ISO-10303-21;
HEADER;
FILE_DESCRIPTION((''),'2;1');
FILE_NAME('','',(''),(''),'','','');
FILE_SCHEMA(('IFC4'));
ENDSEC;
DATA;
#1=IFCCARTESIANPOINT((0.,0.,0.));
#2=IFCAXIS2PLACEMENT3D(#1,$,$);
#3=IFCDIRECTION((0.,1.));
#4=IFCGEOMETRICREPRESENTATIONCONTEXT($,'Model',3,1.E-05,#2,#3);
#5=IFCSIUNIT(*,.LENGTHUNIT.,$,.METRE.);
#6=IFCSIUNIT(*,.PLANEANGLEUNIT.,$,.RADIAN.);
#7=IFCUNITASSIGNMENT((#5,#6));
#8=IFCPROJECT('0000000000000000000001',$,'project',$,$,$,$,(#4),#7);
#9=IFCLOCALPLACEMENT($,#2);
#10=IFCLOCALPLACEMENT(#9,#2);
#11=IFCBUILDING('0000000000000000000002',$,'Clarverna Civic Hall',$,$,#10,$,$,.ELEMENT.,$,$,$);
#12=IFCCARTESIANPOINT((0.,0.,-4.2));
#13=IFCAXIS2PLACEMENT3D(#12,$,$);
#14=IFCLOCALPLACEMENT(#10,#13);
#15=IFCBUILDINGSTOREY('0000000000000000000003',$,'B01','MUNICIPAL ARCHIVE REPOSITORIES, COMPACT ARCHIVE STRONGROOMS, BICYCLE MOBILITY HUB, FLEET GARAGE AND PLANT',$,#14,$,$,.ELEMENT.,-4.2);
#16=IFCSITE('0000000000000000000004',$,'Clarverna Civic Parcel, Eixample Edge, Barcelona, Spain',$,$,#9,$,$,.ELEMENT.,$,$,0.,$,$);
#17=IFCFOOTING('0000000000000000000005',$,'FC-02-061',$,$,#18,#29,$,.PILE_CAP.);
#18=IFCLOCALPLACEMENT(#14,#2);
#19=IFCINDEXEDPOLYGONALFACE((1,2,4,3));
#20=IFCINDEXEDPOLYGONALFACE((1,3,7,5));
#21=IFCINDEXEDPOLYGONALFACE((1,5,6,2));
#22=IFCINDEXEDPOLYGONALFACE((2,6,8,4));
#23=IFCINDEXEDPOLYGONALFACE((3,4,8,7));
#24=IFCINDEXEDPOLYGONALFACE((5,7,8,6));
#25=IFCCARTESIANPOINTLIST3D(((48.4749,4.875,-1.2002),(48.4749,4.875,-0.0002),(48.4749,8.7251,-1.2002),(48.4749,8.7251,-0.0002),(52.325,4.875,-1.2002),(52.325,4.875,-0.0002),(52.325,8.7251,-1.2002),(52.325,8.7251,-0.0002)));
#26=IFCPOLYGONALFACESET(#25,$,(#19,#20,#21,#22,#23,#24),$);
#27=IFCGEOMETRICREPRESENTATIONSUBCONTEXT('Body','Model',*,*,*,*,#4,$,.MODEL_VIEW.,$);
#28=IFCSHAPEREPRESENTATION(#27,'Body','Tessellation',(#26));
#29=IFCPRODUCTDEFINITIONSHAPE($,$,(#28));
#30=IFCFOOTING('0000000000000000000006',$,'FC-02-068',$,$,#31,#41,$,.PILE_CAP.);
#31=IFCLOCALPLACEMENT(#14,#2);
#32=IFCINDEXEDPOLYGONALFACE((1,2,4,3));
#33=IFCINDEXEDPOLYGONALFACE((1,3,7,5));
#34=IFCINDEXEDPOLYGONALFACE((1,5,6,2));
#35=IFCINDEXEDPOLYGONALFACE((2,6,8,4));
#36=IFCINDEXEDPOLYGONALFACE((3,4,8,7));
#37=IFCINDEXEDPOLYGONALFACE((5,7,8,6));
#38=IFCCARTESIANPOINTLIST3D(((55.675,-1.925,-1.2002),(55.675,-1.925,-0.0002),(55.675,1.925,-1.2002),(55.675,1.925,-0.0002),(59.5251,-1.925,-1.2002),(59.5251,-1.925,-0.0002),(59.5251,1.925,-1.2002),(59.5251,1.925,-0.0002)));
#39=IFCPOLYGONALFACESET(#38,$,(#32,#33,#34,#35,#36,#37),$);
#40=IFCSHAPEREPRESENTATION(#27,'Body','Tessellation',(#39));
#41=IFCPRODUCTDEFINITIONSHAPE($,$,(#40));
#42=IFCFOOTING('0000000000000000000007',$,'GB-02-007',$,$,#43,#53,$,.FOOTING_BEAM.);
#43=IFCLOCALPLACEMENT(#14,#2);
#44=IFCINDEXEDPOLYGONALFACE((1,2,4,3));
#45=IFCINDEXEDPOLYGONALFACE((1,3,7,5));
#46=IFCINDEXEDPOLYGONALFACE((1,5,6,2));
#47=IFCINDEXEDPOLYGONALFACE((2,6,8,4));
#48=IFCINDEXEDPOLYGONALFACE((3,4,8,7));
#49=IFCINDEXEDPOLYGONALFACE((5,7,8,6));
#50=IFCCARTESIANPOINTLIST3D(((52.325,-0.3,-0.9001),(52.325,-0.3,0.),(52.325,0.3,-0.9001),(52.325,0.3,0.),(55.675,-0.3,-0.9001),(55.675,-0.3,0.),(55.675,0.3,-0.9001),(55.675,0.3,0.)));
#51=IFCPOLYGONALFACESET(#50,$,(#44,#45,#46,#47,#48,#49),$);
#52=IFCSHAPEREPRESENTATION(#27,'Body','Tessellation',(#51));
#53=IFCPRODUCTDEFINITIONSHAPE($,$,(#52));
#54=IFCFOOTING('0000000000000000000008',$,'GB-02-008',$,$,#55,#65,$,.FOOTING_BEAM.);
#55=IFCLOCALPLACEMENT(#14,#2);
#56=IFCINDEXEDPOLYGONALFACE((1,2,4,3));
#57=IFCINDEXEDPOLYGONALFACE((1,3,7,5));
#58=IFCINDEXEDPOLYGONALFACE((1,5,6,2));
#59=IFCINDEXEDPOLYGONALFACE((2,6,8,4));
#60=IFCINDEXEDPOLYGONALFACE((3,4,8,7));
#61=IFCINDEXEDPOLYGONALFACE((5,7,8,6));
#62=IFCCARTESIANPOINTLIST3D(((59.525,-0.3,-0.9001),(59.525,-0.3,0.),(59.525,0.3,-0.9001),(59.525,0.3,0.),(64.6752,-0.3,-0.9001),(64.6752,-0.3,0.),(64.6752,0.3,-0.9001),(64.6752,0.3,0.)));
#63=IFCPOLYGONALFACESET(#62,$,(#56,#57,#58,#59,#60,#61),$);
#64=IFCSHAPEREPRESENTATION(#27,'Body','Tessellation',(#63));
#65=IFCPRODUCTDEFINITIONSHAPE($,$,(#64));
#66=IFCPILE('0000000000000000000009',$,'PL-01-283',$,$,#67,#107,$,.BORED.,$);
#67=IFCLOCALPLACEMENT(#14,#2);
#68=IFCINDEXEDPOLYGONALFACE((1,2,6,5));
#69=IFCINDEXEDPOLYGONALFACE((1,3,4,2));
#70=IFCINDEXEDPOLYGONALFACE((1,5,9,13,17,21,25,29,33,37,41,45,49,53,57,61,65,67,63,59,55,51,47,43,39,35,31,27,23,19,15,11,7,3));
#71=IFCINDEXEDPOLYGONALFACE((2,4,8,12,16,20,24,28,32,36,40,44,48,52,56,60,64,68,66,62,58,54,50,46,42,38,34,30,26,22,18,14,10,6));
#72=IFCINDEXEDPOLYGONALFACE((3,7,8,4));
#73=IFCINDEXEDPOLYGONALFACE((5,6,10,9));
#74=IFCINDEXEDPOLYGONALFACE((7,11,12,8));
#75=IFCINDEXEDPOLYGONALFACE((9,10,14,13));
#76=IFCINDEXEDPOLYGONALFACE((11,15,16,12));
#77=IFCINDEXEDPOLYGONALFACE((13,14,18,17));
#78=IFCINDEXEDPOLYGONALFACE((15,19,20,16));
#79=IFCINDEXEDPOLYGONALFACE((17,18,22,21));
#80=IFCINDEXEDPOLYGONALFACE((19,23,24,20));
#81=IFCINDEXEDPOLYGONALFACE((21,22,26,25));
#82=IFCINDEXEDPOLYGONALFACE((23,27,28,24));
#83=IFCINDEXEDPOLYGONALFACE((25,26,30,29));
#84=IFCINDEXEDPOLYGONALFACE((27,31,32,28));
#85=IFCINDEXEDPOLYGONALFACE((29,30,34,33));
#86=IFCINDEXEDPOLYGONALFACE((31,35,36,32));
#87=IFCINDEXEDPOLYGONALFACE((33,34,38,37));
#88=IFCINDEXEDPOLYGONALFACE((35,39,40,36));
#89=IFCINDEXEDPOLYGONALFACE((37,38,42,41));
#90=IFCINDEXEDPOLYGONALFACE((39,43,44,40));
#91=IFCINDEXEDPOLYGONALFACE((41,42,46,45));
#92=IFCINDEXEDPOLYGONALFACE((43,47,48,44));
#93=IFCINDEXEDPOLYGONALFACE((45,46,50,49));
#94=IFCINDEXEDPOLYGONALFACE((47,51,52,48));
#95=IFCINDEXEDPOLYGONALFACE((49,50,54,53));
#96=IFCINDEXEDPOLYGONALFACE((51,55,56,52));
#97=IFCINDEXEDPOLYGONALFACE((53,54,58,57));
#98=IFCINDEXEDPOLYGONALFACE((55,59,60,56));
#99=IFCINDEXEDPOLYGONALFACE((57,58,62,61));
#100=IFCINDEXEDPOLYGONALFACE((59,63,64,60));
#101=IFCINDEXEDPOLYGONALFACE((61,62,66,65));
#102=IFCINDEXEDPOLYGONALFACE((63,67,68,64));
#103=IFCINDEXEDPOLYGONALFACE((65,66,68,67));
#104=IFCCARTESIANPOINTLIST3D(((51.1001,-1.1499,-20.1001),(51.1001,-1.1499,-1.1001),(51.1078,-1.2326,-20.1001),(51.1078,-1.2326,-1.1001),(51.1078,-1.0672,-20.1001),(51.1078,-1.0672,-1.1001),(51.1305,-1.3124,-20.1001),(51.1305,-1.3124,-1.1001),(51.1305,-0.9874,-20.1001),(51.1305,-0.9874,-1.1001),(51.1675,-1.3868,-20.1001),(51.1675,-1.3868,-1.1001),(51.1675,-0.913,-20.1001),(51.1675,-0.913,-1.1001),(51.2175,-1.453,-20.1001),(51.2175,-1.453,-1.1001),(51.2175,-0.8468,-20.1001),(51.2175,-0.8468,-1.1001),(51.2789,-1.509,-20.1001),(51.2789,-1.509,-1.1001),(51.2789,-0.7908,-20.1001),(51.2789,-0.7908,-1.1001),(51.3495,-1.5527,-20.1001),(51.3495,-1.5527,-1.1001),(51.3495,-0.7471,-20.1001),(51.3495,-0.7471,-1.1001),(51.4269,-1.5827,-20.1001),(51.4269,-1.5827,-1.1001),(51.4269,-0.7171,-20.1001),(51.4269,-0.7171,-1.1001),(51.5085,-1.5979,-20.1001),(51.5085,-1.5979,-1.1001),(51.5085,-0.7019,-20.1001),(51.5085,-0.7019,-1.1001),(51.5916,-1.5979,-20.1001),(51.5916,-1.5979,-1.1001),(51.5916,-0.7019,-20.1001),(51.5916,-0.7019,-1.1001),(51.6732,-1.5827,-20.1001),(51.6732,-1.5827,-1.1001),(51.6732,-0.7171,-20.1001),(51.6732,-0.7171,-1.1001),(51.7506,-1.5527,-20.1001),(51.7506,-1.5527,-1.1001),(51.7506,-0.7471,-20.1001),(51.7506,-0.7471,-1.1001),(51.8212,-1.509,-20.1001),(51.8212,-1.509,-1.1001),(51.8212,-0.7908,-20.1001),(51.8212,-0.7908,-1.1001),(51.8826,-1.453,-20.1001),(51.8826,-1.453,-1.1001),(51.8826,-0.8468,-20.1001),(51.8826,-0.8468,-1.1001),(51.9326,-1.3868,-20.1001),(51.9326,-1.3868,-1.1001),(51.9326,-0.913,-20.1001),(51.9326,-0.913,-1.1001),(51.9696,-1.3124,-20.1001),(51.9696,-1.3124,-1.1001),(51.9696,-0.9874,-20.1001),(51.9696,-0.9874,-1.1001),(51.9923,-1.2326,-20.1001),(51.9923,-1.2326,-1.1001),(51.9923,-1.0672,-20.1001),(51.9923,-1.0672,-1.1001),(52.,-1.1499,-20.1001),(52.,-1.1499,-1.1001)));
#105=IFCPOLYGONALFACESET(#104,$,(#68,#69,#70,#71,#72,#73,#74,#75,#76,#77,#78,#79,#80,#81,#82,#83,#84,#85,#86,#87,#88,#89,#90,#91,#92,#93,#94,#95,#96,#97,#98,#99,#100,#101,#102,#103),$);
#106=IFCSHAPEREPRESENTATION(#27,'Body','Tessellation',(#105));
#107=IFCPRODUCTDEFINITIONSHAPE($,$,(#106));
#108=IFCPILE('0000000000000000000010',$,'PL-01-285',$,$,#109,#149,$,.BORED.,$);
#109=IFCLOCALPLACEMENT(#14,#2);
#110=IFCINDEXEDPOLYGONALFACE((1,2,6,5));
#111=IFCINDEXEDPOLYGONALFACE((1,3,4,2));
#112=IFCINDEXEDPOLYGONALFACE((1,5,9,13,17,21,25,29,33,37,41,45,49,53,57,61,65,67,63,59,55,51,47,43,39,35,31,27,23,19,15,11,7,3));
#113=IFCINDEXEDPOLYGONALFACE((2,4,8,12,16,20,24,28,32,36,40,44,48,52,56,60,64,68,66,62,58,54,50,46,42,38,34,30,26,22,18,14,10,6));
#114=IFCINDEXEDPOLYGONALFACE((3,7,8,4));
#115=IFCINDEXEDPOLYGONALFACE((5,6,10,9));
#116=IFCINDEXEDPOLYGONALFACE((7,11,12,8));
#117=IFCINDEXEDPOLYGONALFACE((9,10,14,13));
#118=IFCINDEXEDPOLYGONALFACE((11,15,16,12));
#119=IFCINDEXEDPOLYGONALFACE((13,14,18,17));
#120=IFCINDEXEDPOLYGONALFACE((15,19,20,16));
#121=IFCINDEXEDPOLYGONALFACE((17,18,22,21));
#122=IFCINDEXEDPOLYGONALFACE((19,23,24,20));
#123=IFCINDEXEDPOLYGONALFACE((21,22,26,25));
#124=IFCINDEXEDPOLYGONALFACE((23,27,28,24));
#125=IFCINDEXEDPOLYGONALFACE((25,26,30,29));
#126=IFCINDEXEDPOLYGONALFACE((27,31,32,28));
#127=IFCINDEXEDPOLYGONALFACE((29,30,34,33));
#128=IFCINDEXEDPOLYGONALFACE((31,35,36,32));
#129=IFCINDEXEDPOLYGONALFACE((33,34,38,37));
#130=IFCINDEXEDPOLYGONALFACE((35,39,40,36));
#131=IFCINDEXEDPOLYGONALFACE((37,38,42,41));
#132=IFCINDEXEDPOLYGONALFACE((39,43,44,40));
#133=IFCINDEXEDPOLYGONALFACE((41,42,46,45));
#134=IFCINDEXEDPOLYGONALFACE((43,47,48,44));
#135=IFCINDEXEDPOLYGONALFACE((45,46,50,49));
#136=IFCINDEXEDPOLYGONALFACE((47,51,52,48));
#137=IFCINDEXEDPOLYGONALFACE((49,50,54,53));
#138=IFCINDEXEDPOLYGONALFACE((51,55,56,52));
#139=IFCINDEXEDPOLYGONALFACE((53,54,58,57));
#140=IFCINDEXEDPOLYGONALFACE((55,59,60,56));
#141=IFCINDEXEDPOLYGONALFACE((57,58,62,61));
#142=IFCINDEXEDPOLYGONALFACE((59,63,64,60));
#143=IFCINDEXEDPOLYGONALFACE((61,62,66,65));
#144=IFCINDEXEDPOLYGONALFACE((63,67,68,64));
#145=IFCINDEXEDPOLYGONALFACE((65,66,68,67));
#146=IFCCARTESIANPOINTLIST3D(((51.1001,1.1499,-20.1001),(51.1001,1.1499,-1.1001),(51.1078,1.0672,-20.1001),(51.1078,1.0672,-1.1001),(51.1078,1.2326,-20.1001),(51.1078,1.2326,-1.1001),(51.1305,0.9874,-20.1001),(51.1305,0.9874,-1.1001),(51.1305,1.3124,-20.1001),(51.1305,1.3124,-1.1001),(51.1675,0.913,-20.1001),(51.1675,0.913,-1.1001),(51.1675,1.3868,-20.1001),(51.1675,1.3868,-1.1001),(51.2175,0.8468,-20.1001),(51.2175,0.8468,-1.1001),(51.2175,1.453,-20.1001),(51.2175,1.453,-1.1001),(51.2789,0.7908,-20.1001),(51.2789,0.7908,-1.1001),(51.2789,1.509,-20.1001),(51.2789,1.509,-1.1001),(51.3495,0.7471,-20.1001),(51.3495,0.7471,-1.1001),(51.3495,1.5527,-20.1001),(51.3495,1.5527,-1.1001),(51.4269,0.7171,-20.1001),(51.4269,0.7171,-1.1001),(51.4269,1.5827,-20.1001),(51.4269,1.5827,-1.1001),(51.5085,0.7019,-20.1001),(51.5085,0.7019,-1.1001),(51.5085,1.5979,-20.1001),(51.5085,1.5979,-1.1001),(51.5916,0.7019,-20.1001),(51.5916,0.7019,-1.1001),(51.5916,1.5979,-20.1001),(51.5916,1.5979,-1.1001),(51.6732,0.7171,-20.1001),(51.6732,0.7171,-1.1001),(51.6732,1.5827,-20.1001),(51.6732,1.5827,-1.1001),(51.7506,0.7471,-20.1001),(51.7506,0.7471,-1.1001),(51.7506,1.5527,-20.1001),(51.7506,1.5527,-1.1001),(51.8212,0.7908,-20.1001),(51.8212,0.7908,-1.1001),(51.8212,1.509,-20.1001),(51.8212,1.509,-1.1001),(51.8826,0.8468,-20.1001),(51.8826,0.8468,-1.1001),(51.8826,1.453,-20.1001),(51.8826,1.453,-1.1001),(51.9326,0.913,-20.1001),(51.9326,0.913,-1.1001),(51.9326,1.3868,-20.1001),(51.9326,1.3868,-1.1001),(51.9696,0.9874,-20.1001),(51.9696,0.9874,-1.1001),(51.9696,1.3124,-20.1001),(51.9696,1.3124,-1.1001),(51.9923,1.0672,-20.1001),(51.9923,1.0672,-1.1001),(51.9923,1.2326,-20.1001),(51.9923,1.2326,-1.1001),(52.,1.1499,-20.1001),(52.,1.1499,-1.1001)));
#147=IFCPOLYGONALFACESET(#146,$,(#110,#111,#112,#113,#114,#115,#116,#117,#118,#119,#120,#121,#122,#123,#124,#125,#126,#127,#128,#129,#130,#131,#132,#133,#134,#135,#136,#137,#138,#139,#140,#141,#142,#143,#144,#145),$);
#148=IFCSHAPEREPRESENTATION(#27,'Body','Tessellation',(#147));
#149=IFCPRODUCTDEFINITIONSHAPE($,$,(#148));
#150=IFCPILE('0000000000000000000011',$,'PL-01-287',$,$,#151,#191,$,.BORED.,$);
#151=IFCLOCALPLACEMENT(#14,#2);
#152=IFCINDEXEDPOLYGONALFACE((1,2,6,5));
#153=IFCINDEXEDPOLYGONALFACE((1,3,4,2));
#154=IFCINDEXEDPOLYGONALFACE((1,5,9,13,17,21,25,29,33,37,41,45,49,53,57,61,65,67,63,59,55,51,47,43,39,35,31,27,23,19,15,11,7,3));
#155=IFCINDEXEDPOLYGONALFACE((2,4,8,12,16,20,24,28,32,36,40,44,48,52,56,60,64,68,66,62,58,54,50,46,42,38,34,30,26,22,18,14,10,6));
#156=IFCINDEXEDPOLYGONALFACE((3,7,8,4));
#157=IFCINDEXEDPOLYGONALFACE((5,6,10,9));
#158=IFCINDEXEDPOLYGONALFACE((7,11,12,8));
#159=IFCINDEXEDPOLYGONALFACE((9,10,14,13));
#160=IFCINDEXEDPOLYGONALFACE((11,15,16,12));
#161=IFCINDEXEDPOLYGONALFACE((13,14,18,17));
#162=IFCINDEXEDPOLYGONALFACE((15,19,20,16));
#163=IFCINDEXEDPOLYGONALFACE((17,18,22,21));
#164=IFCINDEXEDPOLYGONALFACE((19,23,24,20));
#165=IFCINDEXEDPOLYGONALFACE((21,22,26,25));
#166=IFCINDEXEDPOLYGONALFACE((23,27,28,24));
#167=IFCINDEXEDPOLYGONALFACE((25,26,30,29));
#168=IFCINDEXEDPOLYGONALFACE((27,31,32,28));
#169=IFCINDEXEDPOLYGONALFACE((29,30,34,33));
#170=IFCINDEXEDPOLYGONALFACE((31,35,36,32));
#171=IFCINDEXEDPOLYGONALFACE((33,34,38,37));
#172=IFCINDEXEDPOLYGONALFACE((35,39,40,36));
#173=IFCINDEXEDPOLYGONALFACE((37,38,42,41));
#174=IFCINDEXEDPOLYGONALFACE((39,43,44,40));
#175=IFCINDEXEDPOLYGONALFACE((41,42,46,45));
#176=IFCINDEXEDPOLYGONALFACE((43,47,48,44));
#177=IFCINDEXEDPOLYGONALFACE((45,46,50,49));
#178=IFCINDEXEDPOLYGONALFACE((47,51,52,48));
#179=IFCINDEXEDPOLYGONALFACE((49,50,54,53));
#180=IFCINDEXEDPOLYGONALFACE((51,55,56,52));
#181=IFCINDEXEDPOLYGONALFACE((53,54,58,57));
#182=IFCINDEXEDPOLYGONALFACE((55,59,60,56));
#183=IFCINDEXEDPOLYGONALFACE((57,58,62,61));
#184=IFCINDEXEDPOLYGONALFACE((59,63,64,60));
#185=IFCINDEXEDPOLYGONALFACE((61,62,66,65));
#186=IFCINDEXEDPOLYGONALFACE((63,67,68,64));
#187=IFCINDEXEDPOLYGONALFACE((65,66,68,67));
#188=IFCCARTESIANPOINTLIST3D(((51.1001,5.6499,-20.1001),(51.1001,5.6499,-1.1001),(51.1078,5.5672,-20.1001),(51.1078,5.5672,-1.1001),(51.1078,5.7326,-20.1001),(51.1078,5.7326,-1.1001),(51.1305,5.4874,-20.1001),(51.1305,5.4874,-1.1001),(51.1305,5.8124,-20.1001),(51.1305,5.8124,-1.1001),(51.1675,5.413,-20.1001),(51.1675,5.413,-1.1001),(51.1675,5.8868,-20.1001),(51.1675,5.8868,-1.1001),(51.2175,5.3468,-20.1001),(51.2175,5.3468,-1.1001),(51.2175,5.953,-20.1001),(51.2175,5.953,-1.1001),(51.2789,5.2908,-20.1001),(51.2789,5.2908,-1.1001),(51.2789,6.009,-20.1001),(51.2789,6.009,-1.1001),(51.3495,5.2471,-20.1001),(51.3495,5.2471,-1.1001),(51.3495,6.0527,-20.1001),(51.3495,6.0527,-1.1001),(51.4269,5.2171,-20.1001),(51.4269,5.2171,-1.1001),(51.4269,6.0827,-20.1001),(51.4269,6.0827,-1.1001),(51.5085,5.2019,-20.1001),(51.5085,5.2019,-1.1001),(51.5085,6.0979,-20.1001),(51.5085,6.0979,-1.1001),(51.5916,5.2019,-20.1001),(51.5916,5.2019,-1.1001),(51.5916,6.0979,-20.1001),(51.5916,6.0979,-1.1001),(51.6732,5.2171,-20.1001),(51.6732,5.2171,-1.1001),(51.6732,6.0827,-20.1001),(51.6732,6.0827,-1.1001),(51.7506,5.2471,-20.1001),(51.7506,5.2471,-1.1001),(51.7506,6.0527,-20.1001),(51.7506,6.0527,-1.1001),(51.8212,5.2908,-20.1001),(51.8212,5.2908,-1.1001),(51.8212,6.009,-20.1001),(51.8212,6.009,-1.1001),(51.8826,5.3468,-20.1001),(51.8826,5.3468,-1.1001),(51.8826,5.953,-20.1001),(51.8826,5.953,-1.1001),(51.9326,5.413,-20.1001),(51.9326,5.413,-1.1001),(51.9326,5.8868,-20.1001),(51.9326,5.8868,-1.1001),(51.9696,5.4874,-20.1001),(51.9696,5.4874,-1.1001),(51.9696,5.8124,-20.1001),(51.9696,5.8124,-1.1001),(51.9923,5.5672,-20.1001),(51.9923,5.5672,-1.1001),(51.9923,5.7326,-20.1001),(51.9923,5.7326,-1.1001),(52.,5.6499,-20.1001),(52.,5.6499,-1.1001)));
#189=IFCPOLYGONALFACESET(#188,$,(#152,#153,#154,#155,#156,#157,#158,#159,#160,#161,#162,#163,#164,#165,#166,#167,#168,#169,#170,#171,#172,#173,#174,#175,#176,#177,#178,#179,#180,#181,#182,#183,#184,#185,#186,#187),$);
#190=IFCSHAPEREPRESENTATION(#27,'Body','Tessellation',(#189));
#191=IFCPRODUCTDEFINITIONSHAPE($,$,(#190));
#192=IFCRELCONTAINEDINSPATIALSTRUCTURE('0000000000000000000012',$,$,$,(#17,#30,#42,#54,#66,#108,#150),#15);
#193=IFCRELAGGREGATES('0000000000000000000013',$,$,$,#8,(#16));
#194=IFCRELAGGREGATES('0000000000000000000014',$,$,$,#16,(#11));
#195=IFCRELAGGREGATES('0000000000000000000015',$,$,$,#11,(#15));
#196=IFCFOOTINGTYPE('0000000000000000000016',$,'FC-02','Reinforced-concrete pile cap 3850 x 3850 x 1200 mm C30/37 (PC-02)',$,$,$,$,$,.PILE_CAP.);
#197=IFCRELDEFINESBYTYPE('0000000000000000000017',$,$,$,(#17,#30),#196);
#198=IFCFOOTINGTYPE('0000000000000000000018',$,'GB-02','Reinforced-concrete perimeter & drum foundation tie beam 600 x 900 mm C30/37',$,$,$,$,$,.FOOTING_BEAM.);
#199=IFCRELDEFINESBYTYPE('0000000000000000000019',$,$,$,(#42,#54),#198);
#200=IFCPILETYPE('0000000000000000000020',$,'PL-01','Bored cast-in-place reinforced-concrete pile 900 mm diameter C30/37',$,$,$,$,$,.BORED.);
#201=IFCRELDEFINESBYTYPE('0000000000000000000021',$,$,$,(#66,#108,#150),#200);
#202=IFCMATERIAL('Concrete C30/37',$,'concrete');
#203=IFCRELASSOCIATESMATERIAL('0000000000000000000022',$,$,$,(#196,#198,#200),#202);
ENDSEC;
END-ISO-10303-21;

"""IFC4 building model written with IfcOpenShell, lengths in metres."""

from ifc_helpers import new_model, si_unit, direction, frame, frame_2d, origin, origin_2d, place, context, subcontext, project, spatial, rectangle, circle, extrude, material, material_profile, profile_set, type_object, element, save


model = new_model("IFC4")

# Units and contexts
model_context = context("Model", 3, precision=1e-05, world=origin(), true_north=direction((0.0, 1.0)))
body_context = subcontext(model_context, "Body", "Model", "MODEL_VIEW")
ifc_project = project(units=[si_unit("LENGTHUNIT", "METRE"), si_unit("PLANEANGLEUNIT", "RADIAN")], contexts=[model_context])

# Site, building, storey
site_placement = place(None, origin())
site = spatial("IfcSite", under=ifc_project, at=site_placement, Name="Clarverna Civic Parcel, Eixample Edge, Barcelona, Spain", CompositionType="ELEMENT", RefElevation=0.0)
building_placement = place(site_placement, origin())
building = spatial("IfcBuilding", under=site, at=building_placement, Name="Clarverna Civic Hall", CompositionType="ELEMENT")
storey_placement = place(building_placement, frame((0.0, 0.0, -4.2)))
storey = spatial("IfcBuildingStorey", under=building, at=storey_placement, Name="B01", Description="MUNICIPAL ARCHIVE REPOSITORIES, COMPACT ARCHIVE STRONGROOMS, BICYCLE MOBILITY HUB, FLEET GARAGE AND PLANT", CompositionType="ELEMENT", Elevation=-4.2)

# Footings
ifc_material_1 = material(Name="Concrete C30/37", Category="concrete")
footing_type_1 = type_object("IfcFootingType", Name="FC-02", Description="Reinforced-concrete pile cap 3850 x 3850 x 1200 mm C30/37 (PC-02)", PredefinedType="PILE_CAP", material=ifc_material_1)
for number, where, z_axis, x_axis, name in (
    (1, (50.3999, 6.8, -1.2002), (0.0, 0.0, 1.0), (1.0, 0.0, 0.0), "FC-02-061"),
    (2, (57.6001, 0.0, -1.2002), (0.0, 0.0, 1.0), (1.0, 0.0, 0.0), "FC-02-068"),
):
    element("IfcFooting", number, at=place(storey_placement, frame(where, z_axis=z_axis, x_axis=x_axis)), inside=storey, type_object=footing_type_1, Name=name, PredefinedType="PILE_CAP", context=body_context, shape_type="SweptSolid", body=[
        extrude(rectangle(XDim=3.8501, YDim=3.8501, at=origin_2d()), origin(), (0.0, 0.0, 1.0), 1.2),
    ])
footing_type_2 = type_object("IfcFootingType", Name="GB-02", Description="Reinforced-concrete perimeter & drum foundation tie beam 600 x 900 mm C30/37", PredefinedType="FOOTING_BEAM", material=ifc_material_1)
footing_1_placement = place(storey_placement, frame((52.325, 0.0, -0.9001), z_axis=(0.0, 0.0, 1.0), x_axis=(1.0, 0.0, 0.0)))
element("IfcFooting", 3, at=footing_1_placement, inside=storey, type_object=footing_type_2, Name="GB-02-007", PredefinedType="FOOTING_BEAM", context=body_context, shape_type="SweptSolid", body=[
    extrude(rectangle(XDim=3.3501, YDim=0.6001, at=frame_2d((1.675, 0.0))), origin(), (0.0, 0.0, 1.0), 0.9001),
])
footing_2_placement = place(storey_placement, frame((59.5249, 0.0, -0.9001), z_axis=(0.0, 0.0, 1.0), x_axis=(1.0, 0.0, 0.0)))
element("IfcFooting", 4, at=footing_2_placement, inside=storey, type_object=footing_type_2, Name="GB-02-008", PredefinedType="FOOTING_BEAM", context=body_context, shape_type="SweptSolid", body=[
    extrude(rectangle(XDim=5.1501, YDim=0.6001, at=frame_2d((2.5752, 0.0))), origin(), (0.0, 0.0, 1.0), 0.9001),
])

# Piles
ifc_material_profile_1 = material_profile(ifc_material_1, circle(Radius=0.45, at=origin_2d()), Name="BORED PILE D900")
ifc_profile_set_1 = profile_set([ifc_material_profile_1], Name="Concrete C30/37")
pile_type_1 = type_object("IfcPileType", Name="PL-01", Description="Bored cast-in-place reinforced-concrete pile 900 mm diameter C30/37", PredefinedType="BORED", material=ifc_profile_set_1)
for number, where, z_axis, x_axis, name in (
    (5, (51.55, -1.1499, -1.1001), (0.0, 0.0, -1.0), (1.0, 0.0, 0.0), "PL-01-283"),
    (6, (51.55, 1.1499, -1.1001), (0.0, 0.0, -1.0), (1.0, 0.0, 0.0), "PL-01-285"),
    (7, (51.55, 5.6499, -1.1001), (0.0, 0.0, -1.0), (1.0, 0.0, 0.0), "PL-01-287"),
):
    element("IfcPile", number, at=place(storey_placement, frame(where, z_axis=z_axis, x_axis=x_axis)), inside=storey, type_object=pile_type_1, Name=name, PredefinedType="BORED", context=body_context, shape_type="SweptSolid", body=[
        extrude(circle(Radius=0.45, at=origin_2d()), origin(), (0.0, 0.0, 1.0), 19.0),
    ])

save(model, "model.ifc")
